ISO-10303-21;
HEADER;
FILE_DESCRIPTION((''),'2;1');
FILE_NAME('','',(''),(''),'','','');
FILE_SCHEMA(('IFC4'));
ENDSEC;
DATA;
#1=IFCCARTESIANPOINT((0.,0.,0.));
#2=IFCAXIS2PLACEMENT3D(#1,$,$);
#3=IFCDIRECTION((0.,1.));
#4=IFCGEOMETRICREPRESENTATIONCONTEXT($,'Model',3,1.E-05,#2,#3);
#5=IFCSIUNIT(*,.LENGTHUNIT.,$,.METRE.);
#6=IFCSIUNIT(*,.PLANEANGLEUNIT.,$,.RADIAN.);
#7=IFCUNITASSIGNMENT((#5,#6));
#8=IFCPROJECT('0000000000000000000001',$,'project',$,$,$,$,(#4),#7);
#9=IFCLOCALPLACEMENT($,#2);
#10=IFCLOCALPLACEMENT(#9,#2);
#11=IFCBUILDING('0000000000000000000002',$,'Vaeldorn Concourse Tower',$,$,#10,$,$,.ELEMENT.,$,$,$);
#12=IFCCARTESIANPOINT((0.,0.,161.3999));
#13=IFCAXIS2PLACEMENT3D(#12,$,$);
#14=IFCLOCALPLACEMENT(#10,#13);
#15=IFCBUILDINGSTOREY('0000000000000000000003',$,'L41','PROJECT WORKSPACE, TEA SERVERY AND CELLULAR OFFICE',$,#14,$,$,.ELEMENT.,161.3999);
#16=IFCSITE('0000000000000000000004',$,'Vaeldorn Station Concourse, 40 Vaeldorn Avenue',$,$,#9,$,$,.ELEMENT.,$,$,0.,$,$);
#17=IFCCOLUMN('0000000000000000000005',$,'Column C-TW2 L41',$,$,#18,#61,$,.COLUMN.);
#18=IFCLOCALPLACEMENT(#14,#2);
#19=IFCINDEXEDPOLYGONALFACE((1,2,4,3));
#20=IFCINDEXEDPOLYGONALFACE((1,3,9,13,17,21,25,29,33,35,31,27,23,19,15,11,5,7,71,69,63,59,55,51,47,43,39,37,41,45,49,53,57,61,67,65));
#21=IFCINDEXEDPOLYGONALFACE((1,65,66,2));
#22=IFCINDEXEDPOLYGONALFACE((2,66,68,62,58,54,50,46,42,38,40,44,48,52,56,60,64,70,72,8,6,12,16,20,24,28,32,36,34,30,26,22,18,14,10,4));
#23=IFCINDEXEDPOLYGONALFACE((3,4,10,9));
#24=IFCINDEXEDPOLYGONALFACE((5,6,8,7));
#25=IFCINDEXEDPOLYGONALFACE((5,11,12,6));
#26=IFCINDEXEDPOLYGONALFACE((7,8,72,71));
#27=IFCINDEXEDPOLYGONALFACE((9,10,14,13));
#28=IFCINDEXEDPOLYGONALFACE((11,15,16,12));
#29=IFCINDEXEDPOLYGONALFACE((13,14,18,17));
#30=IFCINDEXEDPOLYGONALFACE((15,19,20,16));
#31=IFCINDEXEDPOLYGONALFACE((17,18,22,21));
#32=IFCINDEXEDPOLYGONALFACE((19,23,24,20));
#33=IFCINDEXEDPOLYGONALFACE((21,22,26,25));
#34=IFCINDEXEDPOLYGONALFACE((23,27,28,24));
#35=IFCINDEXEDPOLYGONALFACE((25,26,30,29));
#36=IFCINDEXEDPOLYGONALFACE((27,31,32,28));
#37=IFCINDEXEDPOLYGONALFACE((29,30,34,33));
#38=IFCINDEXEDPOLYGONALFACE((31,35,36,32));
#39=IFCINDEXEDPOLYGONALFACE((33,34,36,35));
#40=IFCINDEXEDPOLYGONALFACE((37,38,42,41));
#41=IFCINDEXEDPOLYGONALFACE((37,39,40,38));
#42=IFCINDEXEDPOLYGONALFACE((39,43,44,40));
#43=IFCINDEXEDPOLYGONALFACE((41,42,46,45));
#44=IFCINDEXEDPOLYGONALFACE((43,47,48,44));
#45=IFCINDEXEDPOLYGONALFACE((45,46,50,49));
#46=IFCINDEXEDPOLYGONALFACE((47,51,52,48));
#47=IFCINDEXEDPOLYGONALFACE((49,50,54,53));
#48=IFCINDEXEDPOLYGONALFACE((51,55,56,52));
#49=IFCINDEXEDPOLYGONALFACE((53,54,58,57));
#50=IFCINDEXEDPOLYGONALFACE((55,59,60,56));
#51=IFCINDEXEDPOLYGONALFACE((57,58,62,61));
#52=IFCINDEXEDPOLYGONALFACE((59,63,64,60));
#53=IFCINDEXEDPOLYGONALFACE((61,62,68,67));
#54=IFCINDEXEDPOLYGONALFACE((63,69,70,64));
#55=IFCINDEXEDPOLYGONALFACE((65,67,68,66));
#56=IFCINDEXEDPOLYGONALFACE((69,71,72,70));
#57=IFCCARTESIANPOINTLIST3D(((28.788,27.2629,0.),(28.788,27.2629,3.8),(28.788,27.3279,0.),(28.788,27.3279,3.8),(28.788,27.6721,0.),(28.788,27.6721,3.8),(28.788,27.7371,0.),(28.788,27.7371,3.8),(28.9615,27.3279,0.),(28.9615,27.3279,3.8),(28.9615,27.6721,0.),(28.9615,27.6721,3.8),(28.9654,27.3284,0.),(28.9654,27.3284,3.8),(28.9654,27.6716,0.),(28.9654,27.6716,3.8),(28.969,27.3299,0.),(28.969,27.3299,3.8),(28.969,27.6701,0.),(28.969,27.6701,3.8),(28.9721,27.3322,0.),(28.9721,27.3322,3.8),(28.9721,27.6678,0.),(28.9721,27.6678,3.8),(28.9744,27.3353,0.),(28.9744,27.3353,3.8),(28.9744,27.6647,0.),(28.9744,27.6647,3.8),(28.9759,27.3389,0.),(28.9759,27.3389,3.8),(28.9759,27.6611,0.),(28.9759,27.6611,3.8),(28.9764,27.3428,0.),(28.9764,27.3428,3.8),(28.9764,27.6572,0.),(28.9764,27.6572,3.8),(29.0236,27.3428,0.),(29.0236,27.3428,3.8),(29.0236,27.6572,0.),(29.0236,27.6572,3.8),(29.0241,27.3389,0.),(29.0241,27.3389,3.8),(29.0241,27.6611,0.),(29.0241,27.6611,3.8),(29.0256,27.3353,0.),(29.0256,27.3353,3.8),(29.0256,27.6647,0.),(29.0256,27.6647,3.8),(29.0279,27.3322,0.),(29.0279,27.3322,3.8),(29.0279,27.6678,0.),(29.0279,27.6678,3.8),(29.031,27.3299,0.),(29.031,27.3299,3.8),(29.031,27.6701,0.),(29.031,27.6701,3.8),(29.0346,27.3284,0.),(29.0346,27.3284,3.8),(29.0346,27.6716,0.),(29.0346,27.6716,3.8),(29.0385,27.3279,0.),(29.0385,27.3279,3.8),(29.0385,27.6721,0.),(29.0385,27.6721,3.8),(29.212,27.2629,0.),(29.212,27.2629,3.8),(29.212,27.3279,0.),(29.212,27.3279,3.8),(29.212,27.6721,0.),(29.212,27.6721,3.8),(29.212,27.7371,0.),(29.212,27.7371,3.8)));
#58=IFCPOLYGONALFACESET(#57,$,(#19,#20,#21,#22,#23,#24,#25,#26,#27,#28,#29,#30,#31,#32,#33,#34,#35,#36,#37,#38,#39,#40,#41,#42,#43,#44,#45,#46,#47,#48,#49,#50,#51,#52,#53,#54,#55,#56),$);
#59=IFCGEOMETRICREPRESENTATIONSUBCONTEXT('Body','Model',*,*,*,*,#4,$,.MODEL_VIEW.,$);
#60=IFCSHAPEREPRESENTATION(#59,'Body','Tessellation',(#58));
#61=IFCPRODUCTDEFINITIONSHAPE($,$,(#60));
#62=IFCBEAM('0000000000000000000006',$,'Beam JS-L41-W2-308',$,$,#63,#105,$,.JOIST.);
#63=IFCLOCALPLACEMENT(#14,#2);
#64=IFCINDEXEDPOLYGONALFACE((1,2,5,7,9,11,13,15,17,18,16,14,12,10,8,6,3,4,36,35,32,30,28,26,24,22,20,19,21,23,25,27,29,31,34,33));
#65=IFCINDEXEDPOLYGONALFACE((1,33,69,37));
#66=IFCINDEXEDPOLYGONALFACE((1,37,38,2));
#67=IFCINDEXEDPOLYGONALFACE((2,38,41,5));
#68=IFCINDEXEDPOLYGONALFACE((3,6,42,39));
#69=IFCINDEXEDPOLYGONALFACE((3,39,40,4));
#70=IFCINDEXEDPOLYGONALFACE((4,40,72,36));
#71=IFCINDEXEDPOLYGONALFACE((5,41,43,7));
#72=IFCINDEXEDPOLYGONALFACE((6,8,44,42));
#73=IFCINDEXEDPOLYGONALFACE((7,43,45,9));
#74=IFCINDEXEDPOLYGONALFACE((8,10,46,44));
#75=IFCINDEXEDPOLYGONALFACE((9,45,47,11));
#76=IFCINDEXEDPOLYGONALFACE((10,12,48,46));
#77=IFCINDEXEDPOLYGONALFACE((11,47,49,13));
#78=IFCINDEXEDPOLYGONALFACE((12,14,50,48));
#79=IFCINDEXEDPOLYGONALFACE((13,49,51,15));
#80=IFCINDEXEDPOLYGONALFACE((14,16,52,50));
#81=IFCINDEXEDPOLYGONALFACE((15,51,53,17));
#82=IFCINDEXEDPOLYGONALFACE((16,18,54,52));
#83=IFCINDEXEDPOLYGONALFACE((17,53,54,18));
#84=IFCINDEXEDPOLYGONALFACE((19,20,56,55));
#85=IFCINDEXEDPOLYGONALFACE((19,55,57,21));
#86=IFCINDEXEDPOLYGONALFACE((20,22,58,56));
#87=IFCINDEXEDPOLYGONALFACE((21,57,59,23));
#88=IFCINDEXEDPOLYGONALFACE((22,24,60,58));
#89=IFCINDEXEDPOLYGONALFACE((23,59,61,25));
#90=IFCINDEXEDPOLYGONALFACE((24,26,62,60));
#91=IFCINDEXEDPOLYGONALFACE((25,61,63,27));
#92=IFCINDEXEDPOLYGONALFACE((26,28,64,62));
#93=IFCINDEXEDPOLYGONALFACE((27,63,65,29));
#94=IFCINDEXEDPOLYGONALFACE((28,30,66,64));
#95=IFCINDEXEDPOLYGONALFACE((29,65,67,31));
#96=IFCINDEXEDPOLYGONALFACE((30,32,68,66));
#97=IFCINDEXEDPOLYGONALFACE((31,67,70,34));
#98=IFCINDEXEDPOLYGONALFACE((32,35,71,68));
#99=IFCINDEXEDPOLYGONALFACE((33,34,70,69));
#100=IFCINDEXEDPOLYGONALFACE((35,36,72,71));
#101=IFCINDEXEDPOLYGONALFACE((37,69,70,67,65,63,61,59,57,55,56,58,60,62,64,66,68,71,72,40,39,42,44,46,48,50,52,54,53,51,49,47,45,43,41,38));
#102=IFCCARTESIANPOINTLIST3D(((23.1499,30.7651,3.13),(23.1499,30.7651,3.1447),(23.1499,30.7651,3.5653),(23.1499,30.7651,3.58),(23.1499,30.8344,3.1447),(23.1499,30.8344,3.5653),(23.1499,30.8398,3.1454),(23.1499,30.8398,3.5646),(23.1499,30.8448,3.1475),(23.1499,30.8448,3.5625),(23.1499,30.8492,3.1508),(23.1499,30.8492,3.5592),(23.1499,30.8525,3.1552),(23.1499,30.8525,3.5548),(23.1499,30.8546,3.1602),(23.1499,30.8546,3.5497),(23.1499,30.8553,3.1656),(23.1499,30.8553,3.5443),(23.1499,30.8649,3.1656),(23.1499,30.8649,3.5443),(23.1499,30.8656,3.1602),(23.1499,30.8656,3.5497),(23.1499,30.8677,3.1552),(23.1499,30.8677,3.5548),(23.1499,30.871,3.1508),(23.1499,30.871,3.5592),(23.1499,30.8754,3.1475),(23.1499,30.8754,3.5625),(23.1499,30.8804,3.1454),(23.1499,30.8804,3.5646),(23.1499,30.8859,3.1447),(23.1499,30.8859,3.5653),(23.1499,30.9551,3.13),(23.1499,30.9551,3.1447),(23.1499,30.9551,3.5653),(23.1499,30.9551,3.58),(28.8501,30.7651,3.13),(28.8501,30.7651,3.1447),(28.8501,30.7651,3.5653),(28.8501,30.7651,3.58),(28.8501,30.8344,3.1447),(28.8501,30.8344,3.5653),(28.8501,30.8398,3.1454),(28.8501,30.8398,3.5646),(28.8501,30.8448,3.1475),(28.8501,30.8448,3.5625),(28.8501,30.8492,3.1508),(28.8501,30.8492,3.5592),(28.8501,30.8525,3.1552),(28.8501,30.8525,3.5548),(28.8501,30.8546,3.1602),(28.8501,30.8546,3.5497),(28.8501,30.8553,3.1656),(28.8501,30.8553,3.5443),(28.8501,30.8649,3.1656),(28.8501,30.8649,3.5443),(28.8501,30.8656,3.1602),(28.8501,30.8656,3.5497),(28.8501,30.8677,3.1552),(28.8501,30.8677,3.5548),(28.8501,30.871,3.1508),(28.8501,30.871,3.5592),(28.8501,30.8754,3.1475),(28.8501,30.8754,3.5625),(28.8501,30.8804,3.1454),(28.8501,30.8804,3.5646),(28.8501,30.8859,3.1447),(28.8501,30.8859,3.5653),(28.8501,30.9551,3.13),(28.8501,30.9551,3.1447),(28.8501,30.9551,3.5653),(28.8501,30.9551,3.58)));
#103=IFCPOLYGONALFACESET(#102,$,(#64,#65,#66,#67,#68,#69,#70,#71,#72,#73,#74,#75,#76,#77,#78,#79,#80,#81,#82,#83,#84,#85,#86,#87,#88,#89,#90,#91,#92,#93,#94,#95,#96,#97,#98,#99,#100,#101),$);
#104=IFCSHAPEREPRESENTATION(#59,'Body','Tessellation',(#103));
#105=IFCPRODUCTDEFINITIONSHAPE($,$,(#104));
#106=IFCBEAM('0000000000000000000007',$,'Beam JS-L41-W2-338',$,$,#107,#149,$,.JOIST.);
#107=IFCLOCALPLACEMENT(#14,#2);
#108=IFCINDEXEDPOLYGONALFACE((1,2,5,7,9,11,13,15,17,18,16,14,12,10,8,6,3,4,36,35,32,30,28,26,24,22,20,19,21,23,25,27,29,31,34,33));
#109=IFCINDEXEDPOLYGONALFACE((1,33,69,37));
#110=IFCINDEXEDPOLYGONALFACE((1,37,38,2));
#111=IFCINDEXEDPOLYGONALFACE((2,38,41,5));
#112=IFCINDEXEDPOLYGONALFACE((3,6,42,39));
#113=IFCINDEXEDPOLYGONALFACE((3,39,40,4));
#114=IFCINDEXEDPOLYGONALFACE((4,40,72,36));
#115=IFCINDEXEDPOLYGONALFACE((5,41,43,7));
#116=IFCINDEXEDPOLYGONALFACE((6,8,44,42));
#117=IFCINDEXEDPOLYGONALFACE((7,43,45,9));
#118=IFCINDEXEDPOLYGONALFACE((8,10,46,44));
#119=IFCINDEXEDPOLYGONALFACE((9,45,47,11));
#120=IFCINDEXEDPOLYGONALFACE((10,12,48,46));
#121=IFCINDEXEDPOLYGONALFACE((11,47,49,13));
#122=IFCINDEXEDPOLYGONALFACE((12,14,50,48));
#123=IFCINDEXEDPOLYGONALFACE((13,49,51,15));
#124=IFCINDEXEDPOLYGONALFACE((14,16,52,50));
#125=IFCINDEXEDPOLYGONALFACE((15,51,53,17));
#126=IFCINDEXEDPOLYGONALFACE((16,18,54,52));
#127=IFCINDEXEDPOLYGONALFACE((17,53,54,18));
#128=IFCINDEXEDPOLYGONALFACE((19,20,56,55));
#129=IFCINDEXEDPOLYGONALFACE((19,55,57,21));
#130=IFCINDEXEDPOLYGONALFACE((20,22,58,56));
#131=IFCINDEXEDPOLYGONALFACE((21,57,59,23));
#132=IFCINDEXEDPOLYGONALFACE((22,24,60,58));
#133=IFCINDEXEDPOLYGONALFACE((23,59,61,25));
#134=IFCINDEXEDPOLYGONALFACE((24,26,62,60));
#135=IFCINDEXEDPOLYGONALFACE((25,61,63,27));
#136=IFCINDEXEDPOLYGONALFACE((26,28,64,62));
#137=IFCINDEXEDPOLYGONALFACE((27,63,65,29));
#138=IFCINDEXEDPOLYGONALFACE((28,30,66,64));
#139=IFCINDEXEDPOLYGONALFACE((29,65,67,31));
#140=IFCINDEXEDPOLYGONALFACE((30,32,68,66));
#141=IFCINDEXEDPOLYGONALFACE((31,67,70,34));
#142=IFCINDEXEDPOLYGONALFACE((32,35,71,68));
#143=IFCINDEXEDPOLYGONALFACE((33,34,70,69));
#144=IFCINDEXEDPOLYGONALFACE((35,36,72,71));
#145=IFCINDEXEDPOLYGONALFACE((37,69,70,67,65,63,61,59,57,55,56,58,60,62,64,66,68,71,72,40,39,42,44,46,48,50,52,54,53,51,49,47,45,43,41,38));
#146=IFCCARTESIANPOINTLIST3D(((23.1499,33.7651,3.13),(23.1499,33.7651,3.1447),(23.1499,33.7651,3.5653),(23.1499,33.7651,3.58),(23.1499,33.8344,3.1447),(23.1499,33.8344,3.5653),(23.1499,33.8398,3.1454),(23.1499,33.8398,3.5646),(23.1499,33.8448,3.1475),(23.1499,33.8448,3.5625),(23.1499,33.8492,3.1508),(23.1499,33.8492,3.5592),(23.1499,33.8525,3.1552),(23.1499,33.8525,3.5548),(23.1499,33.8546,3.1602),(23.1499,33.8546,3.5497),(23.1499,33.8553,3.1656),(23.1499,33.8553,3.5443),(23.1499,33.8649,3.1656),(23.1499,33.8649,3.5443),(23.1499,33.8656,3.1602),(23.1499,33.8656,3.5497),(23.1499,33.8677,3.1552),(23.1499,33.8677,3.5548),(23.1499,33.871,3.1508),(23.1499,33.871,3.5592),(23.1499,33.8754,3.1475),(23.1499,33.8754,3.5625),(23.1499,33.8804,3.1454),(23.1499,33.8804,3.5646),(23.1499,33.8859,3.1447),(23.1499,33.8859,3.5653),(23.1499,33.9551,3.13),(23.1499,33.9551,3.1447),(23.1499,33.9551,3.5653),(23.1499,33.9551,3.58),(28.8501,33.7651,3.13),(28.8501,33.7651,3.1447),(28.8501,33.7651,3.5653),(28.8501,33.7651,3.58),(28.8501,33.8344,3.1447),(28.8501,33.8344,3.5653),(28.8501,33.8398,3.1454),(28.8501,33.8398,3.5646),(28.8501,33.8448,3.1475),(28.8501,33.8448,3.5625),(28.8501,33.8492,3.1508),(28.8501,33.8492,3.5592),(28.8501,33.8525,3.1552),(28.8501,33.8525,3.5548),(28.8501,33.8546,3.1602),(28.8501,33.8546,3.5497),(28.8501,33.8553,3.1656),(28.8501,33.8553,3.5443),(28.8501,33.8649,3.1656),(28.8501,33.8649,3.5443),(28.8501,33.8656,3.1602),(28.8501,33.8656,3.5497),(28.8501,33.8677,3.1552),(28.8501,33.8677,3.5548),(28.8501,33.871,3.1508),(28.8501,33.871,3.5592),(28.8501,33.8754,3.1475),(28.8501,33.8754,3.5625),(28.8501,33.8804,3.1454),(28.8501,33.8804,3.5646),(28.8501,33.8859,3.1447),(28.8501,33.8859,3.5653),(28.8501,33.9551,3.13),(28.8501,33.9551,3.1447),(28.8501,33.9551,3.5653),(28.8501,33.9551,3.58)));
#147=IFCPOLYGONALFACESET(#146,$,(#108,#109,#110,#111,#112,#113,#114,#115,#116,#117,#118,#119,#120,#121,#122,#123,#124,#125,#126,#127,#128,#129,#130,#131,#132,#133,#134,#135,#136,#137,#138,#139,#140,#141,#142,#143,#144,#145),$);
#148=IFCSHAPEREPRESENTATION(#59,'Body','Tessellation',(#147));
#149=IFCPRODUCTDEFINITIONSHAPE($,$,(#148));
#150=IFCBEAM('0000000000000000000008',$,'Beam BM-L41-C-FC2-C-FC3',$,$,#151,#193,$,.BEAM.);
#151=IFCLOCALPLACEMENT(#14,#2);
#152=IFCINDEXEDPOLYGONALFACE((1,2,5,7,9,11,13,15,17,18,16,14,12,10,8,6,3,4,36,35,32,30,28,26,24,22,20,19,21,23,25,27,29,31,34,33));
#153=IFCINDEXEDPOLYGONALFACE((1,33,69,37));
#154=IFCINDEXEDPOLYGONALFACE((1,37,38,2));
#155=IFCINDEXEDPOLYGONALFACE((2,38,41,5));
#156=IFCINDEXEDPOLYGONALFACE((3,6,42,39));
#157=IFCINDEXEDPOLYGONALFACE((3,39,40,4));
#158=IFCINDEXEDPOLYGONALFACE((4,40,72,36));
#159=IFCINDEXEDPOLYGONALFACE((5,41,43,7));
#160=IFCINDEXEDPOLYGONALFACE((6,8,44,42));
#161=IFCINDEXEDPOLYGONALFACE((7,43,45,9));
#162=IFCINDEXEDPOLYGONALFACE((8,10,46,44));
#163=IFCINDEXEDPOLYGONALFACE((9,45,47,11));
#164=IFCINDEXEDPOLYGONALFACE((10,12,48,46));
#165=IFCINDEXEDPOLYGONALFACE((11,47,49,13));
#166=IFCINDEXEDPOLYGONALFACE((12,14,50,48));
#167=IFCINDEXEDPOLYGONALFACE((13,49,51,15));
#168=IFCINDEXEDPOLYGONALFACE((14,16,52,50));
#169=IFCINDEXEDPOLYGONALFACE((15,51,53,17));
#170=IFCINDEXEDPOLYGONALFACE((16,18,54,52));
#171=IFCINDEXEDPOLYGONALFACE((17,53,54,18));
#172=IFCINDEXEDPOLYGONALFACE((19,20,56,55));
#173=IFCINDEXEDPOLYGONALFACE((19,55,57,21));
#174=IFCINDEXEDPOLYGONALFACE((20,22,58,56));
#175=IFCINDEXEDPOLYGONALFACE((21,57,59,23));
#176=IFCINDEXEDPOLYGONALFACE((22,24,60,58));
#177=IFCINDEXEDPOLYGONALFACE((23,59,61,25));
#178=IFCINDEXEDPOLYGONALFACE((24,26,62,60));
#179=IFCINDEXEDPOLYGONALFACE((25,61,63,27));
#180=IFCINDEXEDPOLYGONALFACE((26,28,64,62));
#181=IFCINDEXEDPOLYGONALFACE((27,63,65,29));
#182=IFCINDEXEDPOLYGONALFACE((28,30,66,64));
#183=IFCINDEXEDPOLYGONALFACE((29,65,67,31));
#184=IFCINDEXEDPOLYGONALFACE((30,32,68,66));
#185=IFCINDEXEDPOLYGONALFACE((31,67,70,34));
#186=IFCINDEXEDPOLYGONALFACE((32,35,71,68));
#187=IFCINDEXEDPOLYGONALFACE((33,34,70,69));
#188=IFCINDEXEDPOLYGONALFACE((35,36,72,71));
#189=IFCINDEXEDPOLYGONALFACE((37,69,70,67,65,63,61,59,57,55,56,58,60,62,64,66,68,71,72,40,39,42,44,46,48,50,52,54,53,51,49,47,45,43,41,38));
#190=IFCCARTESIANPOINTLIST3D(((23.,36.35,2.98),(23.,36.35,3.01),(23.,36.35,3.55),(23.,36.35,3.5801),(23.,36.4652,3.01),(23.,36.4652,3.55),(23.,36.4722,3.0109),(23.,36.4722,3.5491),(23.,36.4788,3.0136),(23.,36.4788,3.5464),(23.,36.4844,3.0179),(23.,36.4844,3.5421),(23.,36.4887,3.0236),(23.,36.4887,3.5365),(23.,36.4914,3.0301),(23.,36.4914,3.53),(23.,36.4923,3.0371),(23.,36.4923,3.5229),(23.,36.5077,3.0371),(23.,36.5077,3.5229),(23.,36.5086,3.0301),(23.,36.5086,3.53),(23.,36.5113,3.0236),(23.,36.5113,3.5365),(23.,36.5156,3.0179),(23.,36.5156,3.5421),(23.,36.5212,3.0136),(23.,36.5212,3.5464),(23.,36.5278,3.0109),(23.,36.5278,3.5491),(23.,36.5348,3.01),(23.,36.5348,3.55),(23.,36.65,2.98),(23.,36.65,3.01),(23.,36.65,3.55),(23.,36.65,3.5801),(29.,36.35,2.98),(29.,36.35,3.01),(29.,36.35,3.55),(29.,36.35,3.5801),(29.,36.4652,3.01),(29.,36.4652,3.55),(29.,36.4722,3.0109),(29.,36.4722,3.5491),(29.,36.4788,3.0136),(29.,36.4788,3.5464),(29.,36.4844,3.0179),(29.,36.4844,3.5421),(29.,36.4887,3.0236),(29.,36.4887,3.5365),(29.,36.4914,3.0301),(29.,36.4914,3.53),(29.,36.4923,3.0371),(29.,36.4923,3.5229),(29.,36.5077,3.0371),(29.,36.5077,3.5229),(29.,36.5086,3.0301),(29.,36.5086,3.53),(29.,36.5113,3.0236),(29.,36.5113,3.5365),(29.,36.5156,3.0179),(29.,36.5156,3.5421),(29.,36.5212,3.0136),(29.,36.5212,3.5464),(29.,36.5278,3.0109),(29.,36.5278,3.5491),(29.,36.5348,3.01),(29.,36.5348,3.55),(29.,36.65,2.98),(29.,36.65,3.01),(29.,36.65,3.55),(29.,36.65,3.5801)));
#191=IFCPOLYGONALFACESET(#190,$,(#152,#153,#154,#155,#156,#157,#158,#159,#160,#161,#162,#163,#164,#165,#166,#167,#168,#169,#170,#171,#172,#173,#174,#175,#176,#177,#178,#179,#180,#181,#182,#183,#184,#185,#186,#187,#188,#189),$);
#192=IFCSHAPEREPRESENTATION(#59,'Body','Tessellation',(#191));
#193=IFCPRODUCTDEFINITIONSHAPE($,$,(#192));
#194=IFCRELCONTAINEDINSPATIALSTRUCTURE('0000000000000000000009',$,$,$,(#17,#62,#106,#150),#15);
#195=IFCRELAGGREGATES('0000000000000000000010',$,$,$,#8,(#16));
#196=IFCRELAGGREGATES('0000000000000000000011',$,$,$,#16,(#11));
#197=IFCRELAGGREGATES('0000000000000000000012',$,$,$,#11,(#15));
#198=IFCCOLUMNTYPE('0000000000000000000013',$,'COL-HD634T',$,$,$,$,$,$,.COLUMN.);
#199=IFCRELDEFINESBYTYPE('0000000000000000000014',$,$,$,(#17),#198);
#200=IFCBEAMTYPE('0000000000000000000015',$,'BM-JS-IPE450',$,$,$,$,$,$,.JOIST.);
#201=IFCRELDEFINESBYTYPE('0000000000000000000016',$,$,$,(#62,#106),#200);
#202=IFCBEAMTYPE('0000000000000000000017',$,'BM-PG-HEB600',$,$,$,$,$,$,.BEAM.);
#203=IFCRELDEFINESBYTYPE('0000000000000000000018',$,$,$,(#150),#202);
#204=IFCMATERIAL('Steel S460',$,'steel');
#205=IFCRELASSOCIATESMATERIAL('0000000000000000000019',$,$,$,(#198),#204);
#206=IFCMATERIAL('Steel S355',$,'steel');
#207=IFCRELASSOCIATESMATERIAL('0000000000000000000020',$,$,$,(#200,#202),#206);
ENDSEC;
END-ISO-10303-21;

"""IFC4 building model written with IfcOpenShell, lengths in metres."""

from ifc_helpers import new_model, si_unit, direction, frame, origin, origin_2d, place, context, subcontext, project, spatial, i_section, extrude, source, transform, mapped, material, material_profile, profile_set, type_object, element, save


model = new_model("IFC4")

# Units and contexts
model_context = context("Model", 3, precision=1e-05, world=origin(), true_north=direction((0.0, 1.0)))
body_context = subcontext(model_context, "Body", "Model", "MODEL_VIEW")
ifc_project = project(units=[si_unit("LENGTHUNIT", "METRE"), si_unit("PLANEANGLEUNIT", "RADIAN")], contexts=[model_context])

# Site, building, storey
site_placement = place(None, origin())
site = spatial("IfcSite", under=ifc_project, at=site_placement, Name="Vaeldorn Station Concourse, 40 Vaeldorn Avenue", CompositionType="ELEMENT", RefElevation=0.0)
building_placement = place(site_placement, origin())
building = spatial("IfcBuilding", under=site, at=building_placement, Name="Vaeldorn Concourse Tower", CompositionType="ELEMENT")
storey_placement = place(building_placement, frame((0.0, 0.0, 161.3999)))
storey = spatial("IfcBuildingStorey", under=building, at=storey_placement, Name="L41", Description="PROJECT WORKSPACE, TEA SERVERY AND CELLULAR OFFICE", CompositionType="ELEMENT", Elevation=161.3999)

# Column
ifc_material_1 = material(Name="Steel S460", Category="steel")
ifc_material_profile_1 = material_profile(ifc_material_1, i_section(OverallWidth=0.4241, OverallDepth=0.4741, WebThickness=0.0471, FlangeThickness=0.0649, FilletRadius=0.0149, at=origin_2d()), Name="HD 400x634")
ifc_profile_set_1 = profile_set([ifc_material_profile_1], Name="Steel S460")
column_type_1 = type_object("IfcColumnType", Name="COL-HD634T", PredefinedType="COLUMN", material=ifc_profile_set_1)
shared_shape_1 = source(origin(), body_context, "Body", "SweptSolid", [
    extrude(i_section(OverallWidth=0.4241, OverallDepth=0.4741, WebThickness=0.0471, FlangeThickness=0.0649, FilletRadius=0.0149, at=origin_2d()), origin(), (0.0, 0.0, 1.0), 3.8),
])
column_1_placement = place(storey_placement, frame((29.0, 27.5, 0.0), z_axis=(0.0, 0.0, 1.0), x_axis=(1.0, 0.0, 0.0)))
element("IfcColumn", 1, at=column_1_placement, inside=storey, type_object=column_type_1, Name="Column C-TW2 L41", PredefinedType="COLUMN", context=body_context, shape_type="MappedRepresentation", body=[
    mapped(shared_shape_1, transform((0.0, 0.0, 0.0), scale=1.0)),
])

# Beams
ifc_material_2 = material(Name="Steel S355", Category="steel")
ifc_material_profile_2 = material_profile(ifc_material_2, i_section(OverallWidth=0.1899, OverallDepth=0.45, WebThickness=0.0095, FlangeThickness=0.0146, FilletRadius=0.021, at=origin_2d()), Name="IPE 450")
ifc_profile_set_2 = profile_set([ifc_material_profile_2], Name="Steel S355")
beam_type_1 = type_object("IfcBeamType", Name="BM-JS-IPE450", PredefinedType="JOIST", material=ifc_profile_set_2)
shared_shape_2 = source(origin(), body_context, "Body", "SweptSolid", [
    extrude(i_section(OverallWidth=0.1899, OverallDepth=0.45, WebThickness=0.0095, FlangeThickness=0.0146, FilletRadius=0.021, at=origin_2d()), origin(), (0.0, 0.0, 1.0), 5.7002),
])
for number, where, z_axis, x_axis, name in (
    (2, (23.1499, 30.8601, 3.355), (1.0, 0.0, 0.0), (0.0, 1.0, 0.0), "Beam JS-L41-W2-308"),
    (3, (23.1499, 33.8601, 3.355), (1.0, 0.0, 0.0), (0.0, 1.0, 0.0), "Beam JS-L41-W2-338"),
):
    element("IfcBeam", number, at=place(storey_placement, frame(where, z_axis=z_axis, x_axis=x_axis)), inside=storey, type_object=beam_type_1, Name=name, PredefinedType="JOIST", context=body_context, shape_type="MappedRepresentation", body=[
        mapped(shared_shape_2, transform((0.0, 0.0, 0.0), scale=1.0)),
    ])
ifc_material_profile_3 = material_profile(ifc_material_2, i_section(OverallWidth=0.3, OverallDepth=0.6001, WebThickness=0.0154, FlangeThickness=0.03, FilletRadius=0.0271, at=origin_2d()), Name="HEB 600")
ifc_profile_set_3 = profile_set([ifc_material_profile_3], Name="Steel S355")
beam_type_2 = type_object("IfcBeamType", Name="BM-PG-HEB600", PredefinedType="BEAM", material=ifc_profile_set_3)
shared_shape_3 = source(origin(), body_context, "Body", "SweptSolid", [
    extrude(i_section(OverallWidth=0.3, OverallDepth=0.6001, WebThickness=0.0154, FlangeThickness=0.03, FilletRadius=0.0271, at=origin_2d()), origin(), (0.0, 0.0, 1.0), 6.0),
])
for number, where, z_axis, x_axis, name in (
    (4, (23.0, 36.5, 3.28), (1.0, 0.0, 0.0), (0.0, 1.0, 0.0), "Beam BM-L41-C-FC2-C-FC3"),
):
    element("IfcBeam", number, at=place(storey_placement, frame(where, z_axis=z_axis, x_axis=x_axis)), inside=storey, type_object=beam_type_2, Name=name, PredefinedType="BEAM", context=body_context, shape_type="MappedRepresentation", body=[
        mapped(shared_shape_3, transform((0.0, 0.0, 0.0), scale=1.0)),
    ])

save(model, "model.ifc")
